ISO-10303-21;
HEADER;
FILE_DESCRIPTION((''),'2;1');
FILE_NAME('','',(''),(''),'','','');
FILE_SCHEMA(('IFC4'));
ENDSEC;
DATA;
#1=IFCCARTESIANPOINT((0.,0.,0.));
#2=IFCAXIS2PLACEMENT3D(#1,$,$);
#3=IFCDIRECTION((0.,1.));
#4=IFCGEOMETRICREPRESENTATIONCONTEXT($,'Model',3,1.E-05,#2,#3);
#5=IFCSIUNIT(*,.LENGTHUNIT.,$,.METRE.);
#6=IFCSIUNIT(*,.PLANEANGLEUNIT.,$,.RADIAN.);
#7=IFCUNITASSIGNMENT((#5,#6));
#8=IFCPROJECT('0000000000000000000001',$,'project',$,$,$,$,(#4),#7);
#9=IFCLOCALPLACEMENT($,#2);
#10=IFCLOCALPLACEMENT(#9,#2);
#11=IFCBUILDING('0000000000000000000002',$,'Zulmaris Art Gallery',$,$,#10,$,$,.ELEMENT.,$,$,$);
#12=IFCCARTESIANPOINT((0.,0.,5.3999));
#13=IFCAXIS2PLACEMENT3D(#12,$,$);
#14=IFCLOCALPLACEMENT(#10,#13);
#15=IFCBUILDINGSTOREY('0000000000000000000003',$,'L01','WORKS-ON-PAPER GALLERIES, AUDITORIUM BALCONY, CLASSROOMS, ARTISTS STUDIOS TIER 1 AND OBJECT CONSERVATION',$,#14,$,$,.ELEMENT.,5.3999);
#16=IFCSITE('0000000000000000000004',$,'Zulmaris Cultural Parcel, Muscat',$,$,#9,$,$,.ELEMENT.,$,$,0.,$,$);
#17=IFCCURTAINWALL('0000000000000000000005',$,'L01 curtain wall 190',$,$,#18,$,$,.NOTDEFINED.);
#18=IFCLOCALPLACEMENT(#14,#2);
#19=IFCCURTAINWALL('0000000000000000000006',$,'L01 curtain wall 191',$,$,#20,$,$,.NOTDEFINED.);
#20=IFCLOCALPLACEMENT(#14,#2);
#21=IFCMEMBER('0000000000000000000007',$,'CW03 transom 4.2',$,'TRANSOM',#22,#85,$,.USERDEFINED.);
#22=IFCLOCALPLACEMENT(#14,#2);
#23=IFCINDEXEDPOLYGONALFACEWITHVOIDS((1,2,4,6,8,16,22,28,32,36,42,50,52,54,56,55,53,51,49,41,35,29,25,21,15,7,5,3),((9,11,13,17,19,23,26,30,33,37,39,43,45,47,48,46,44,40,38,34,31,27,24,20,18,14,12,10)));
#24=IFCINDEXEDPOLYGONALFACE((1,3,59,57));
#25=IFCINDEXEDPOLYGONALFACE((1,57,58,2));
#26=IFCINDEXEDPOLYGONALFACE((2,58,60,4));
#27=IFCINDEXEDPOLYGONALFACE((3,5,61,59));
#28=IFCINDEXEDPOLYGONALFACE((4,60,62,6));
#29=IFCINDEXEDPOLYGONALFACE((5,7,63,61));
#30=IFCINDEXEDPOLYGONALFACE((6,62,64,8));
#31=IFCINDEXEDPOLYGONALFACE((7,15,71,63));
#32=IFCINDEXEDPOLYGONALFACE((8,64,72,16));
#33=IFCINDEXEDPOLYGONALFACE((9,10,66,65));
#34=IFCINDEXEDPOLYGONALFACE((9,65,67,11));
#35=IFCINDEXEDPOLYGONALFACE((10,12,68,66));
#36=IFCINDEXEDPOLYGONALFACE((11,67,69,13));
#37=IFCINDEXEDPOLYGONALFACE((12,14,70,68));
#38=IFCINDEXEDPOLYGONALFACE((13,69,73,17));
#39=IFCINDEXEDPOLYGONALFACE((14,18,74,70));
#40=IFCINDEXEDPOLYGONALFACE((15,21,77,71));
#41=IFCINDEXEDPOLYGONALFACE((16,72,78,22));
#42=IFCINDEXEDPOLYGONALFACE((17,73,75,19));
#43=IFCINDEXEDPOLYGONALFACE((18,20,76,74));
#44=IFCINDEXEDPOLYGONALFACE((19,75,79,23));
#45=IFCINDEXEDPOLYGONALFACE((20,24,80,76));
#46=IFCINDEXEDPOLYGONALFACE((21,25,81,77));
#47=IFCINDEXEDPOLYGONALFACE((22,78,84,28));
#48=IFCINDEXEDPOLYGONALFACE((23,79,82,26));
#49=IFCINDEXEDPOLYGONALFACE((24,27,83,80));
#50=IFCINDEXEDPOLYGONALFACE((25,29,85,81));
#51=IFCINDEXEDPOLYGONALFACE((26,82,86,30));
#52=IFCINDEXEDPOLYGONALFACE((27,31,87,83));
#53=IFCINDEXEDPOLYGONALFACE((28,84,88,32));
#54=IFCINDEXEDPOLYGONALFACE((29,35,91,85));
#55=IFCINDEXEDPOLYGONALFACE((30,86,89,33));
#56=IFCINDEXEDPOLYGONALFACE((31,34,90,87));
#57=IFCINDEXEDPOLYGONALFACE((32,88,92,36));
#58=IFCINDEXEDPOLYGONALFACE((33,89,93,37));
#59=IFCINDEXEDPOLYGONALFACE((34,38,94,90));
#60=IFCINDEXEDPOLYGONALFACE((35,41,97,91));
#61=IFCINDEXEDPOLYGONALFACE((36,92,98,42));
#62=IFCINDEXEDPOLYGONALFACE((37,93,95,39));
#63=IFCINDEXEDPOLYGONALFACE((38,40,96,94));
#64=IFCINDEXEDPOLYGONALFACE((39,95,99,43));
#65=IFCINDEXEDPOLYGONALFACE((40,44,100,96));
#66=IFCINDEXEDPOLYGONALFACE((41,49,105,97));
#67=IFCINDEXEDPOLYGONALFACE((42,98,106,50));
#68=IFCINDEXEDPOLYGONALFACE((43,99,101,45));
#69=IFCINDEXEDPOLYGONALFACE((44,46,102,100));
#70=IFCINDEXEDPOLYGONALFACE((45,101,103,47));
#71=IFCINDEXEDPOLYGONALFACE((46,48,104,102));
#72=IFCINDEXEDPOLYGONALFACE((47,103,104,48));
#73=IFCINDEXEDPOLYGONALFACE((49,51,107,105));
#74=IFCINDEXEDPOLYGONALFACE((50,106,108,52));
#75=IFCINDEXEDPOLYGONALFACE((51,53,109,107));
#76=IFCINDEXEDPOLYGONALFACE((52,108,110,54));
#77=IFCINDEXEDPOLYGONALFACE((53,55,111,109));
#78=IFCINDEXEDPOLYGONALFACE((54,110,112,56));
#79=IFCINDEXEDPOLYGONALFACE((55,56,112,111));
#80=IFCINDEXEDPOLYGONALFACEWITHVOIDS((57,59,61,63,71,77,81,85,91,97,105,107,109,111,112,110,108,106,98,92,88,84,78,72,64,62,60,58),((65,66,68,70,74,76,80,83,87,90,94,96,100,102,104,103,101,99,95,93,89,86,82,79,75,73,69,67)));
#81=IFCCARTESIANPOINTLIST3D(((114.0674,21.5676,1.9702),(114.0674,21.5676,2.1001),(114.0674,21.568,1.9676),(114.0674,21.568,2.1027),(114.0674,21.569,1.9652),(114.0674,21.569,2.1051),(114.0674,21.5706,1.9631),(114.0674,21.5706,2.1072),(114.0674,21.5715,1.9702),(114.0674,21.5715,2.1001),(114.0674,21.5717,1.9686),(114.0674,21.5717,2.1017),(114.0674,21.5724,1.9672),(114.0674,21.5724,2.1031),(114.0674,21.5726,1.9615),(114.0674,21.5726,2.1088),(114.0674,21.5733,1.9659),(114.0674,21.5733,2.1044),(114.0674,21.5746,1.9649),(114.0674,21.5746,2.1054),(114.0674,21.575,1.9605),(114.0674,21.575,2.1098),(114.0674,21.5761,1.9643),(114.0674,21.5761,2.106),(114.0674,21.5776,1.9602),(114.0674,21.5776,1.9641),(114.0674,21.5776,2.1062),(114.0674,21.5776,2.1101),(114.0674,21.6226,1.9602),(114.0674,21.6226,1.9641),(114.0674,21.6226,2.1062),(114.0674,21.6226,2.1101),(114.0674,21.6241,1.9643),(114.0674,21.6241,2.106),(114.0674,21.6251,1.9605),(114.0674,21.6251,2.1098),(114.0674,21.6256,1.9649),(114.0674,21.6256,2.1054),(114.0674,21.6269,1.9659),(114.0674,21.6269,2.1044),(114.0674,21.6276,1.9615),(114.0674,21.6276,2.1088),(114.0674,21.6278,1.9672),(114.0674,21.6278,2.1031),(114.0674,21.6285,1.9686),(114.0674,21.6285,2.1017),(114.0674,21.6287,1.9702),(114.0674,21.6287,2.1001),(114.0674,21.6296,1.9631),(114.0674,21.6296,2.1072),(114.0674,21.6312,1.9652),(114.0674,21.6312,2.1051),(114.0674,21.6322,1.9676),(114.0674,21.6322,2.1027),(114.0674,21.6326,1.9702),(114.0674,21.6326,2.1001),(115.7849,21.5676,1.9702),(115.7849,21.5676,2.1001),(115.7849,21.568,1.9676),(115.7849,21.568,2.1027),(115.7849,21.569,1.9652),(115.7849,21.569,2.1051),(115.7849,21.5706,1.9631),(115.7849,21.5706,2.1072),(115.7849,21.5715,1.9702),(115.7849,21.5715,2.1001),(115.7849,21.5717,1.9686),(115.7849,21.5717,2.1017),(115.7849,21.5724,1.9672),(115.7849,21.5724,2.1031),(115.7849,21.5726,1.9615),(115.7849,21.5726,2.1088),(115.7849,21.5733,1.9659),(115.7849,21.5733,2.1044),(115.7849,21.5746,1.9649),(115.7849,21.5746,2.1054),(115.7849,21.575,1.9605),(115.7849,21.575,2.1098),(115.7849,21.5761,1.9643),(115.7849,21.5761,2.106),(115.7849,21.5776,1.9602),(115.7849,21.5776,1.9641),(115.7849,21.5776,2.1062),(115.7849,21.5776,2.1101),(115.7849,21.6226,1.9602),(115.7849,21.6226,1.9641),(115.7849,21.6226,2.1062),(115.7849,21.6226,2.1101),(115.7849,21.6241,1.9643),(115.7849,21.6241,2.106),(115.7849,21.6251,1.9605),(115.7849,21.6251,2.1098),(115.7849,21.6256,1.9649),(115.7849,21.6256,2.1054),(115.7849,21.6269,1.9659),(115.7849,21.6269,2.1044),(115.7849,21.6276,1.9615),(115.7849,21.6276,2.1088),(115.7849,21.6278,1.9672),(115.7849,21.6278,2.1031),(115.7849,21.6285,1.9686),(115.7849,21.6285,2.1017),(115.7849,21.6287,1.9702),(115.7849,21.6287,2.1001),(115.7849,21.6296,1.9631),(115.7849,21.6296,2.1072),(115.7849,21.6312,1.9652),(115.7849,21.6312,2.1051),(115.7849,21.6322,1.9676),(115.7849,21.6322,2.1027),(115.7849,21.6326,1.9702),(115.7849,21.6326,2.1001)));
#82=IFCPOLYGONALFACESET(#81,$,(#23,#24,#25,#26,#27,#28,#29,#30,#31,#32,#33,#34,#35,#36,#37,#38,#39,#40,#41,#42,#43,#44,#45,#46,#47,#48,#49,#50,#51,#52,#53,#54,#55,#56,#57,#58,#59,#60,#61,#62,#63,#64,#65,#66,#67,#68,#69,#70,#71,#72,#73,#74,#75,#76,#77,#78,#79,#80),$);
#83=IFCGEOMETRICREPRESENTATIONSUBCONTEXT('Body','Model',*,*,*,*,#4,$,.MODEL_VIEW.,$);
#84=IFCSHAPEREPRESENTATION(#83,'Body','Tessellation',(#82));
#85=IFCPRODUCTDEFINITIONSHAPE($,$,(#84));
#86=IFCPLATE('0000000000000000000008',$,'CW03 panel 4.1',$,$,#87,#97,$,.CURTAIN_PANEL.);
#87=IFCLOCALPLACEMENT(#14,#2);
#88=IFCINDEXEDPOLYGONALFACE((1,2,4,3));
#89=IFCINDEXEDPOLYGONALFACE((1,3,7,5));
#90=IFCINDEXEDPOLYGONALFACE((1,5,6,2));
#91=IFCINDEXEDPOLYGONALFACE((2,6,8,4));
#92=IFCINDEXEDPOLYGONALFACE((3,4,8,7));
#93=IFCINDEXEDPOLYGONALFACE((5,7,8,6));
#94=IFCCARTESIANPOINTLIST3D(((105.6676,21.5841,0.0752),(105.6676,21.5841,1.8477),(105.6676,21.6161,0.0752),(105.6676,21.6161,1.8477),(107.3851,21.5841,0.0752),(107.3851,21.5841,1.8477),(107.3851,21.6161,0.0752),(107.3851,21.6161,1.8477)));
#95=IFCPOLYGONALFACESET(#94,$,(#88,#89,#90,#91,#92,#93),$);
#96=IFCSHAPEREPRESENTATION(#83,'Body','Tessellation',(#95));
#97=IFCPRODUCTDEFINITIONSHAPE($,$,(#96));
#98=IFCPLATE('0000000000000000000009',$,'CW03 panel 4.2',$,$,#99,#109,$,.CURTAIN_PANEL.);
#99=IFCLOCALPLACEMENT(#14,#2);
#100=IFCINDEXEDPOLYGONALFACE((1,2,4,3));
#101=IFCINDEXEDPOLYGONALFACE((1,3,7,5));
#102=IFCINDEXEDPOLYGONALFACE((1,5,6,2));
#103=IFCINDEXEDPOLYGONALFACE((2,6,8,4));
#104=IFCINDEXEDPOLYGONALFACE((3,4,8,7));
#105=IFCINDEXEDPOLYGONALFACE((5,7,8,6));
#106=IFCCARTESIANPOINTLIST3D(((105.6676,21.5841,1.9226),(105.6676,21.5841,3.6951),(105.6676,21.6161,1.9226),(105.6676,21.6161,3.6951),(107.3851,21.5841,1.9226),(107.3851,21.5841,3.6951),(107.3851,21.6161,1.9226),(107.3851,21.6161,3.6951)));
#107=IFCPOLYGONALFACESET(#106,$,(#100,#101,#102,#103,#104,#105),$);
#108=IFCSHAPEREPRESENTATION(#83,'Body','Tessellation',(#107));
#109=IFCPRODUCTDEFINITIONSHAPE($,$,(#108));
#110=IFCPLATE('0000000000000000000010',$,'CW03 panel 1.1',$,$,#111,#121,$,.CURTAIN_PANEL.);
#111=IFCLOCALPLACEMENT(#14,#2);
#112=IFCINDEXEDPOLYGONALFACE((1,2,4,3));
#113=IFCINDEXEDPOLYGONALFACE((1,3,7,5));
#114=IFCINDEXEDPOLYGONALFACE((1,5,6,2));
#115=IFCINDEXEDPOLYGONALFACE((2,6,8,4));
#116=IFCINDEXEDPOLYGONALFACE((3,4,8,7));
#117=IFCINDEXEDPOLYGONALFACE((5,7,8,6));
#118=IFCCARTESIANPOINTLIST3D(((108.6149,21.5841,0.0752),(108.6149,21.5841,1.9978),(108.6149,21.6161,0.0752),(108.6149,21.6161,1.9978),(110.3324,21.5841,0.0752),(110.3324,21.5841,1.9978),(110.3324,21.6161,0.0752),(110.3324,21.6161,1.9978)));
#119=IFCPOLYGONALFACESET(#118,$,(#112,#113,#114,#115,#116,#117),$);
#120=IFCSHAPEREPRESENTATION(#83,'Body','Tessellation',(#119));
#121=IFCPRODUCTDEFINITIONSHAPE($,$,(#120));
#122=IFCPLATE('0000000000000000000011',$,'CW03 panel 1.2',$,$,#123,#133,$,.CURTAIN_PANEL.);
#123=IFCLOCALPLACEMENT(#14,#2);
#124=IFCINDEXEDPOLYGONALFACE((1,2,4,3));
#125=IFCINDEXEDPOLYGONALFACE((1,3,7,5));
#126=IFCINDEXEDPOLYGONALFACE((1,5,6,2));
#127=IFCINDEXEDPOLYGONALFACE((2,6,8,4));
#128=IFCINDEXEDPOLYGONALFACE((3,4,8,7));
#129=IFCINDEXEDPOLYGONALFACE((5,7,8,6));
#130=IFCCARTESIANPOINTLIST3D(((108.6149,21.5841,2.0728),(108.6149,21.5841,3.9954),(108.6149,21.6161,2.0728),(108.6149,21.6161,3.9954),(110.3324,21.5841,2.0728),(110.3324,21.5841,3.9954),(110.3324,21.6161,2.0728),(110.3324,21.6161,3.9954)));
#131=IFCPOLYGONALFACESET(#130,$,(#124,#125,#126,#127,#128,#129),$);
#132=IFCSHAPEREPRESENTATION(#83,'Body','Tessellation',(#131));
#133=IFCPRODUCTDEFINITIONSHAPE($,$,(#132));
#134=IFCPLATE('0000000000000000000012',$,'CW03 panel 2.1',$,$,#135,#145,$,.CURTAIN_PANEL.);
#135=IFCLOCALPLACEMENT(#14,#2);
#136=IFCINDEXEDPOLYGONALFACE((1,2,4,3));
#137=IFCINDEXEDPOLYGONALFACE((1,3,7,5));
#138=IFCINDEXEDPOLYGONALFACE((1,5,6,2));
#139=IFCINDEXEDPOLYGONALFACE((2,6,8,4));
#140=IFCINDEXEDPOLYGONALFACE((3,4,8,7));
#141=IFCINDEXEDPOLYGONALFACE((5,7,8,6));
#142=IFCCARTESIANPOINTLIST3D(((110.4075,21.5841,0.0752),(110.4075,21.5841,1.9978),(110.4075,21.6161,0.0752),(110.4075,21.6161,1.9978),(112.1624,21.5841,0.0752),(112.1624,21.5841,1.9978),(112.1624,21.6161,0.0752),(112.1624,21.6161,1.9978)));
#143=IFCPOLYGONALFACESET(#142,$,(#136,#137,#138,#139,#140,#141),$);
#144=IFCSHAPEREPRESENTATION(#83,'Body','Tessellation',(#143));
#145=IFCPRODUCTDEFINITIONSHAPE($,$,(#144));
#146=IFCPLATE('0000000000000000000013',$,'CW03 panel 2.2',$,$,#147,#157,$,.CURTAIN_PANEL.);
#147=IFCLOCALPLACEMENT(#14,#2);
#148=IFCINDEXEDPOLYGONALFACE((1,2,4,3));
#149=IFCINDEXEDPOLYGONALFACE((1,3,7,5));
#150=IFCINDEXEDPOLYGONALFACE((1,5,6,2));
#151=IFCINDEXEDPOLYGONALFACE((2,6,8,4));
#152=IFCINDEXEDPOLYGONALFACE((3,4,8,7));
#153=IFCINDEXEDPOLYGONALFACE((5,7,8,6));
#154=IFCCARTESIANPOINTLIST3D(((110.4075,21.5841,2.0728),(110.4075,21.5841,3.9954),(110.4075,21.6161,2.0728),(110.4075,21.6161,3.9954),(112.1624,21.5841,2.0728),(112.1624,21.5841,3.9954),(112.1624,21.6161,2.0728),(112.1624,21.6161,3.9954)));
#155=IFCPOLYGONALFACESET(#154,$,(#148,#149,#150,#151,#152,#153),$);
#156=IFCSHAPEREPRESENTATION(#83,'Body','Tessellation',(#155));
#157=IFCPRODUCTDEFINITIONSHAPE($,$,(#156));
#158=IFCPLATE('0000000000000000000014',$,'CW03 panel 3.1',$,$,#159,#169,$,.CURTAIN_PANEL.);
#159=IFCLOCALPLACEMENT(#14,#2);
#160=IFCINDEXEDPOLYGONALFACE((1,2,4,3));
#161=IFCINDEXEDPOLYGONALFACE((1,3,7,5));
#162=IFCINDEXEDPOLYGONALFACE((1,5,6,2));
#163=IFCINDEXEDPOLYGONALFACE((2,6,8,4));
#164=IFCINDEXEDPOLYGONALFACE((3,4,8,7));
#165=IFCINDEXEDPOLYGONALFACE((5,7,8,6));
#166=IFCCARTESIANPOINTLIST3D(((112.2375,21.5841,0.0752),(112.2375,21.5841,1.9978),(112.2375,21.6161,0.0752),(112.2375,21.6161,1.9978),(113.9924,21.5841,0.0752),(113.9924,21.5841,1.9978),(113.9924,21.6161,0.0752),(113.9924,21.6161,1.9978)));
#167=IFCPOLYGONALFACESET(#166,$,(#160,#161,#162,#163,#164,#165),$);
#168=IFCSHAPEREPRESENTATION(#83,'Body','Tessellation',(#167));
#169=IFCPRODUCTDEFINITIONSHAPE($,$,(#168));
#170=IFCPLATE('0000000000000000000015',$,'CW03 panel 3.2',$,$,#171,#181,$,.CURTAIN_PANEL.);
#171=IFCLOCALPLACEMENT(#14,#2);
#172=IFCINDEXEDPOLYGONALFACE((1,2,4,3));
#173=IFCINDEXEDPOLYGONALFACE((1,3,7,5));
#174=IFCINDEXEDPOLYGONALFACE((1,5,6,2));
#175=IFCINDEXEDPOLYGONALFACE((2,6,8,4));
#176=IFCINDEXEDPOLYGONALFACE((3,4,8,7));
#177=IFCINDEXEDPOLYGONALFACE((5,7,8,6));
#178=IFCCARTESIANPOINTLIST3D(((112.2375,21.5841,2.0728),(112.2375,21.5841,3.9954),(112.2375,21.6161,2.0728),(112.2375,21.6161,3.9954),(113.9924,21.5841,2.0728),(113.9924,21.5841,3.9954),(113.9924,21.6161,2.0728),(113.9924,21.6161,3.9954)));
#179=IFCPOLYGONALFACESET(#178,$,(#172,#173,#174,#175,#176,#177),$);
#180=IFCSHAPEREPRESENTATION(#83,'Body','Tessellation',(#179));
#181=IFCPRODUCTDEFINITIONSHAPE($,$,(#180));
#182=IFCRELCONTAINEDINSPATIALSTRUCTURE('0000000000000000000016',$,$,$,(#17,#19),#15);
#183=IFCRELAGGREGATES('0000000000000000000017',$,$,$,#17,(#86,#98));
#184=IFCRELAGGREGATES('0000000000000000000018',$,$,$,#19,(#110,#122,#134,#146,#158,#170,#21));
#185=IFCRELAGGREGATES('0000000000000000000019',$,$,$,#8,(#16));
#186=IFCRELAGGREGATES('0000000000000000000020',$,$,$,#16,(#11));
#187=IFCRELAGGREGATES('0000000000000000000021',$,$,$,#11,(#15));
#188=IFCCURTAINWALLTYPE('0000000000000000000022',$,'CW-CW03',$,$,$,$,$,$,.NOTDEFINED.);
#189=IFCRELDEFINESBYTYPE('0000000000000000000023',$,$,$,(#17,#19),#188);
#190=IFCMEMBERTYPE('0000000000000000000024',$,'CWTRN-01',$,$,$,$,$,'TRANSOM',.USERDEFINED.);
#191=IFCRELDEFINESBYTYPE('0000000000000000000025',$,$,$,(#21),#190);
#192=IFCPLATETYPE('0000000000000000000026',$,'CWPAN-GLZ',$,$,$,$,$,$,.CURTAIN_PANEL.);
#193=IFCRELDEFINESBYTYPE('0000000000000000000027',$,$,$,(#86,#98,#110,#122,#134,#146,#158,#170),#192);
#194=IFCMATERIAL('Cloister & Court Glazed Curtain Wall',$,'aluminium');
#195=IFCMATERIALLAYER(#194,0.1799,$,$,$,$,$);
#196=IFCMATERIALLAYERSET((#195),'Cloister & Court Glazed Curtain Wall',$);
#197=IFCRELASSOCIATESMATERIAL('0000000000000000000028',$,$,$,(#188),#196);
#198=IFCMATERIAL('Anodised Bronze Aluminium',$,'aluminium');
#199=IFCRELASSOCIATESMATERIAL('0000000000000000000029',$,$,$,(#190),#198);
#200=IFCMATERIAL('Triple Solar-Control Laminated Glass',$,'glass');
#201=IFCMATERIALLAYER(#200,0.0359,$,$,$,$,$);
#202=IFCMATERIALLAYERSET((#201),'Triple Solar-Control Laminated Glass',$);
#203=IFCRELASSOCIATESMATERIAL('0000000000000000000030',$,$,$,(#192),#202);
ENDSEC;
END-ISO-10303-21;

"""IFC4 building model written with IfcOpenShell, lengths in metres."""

from ifc_helpers import new_model, si_unit, direction, frame, origin, origin_2d, place, context, subcontext, project, spatial, rectangle, hollow_rectangle, extrude, material, layer, layer_set, material_profile, profile_set, type_object, element, aggregate, save


model = new_model("IFC4")

# Units and contexts
model_context = context("Model", 3, precision=1e-05, world=origin(), true_north=direction((0.0, 1.0)))
body_context = subcontext(model_context, "Body", "Model", "MODEL_VIEW")
ifc_project = project(units=[si_unit("LENGTHUNIT", "METRE"), si_unit("PLANEANGLEUNIT", "RADIAN")], contexts=[model_context])

# Site, building, storey
site_placement = place(None, origin())
site = spatial("IfcSite", under=ifc_project, at=site_placement, Name="Zulmaris Cultural Parcel, Muscat", CompositionType="ELEMENT", RefElevation=0.0)
building_placement = place(site_placement, origin())
building = spatial("IfcBuilding", under=site, at=building_placement, Name="Zulmaris Art Gallery", CompositionType="ELEMENT")
storey_placement = place(building_placement, frame((0.0, 0.0, 5.3999)))
storey = spatial("IfcBuildingStorey", under=building, at=storey_placement, Name="L01", Description="WORKS-ON-PAPER GALLERIES, AUDITORIUM BALCONY, CLASSROOMS, ARTISTS STUDIOS TIER 1 AND OBJECT CONSERVATION", CompositionType="ELEMENT", Elevation=5.3999)

# Curtain wall
ifc_material_1 = material(Name="Cloister & Court Glazed Curtain Wall", Category="aluminium")
ifc_layer_1 = layer(ifc_material_1, 0.1799)
ifc_layer_set_1 = layer_set([ifc_layer_1], Name="Cloister & Court Glazed Curtain Wall")
curtain_wall_type = type_object("IfcCurtainWallType", Name="CW-CW03", PredefinedType="NOTDEFINED", material=ifc_layer_set_1)
curtain_wall_1_placement = place(storey_placement, origin())
curtain_wall_1 = element("IfcCurtainWall", 1, at=curtain_wall_1_placement, inside=storey, type_object=curtain_wall_type, Name="L01 curtain wall 190", PredefinedType="NOTDEFINED")
ifc_material_2 = material(Name="Anodised Bronze Aluminium", Category="aluminium")

# Curtain wall, member
curtain_wall_2_placement = place(storey_placement, origin())
curtain_wall_2 = element("IfcCurtainWall", 2, at=curtain_wall_2_placement, inside=storey, type_object=curtain_wall_type, Name="L01 curtain wall 191", PredefinedType="NOTDEFINED")
ifc_material_profile_1 = material_profile(ifc_material_2, hollow_rectangle(XDim=0.0649, YDim=0.1499, WallThickness=0.0039, InnerFilletRadius=0.0061, OuterFilletRadius=0.01, at=origin_2d()), Name="ALU 65x150x4")
ifc_profile_set_1 = profile_set([ifc_material_profile_1], Name="Anodised Bronze Aluminium")
member_type_1 = type_object("IfcMemberType", Name="CWTRN-01", ElementType="TRANSOM", PredefinedType="USERDEFINED", material=ifc_profile_set_1)
member_1_placement = place(storey_placement, frame((114.0674, 21.6001, 2.0352), z_axis=(1.0, 0.0, 0.0), x_axis=(0.0, 1.0, 0.0)))
member_1 = element("IfcMember", 3, at=member_1_placement, type_object=member_type_1, Name="CW03 transom 4.2", ObjectType="TRANSOM", PredefinedType="USERDEFINED", context=body_context, shape_type="SweptSolid", body=[
    extrude(hollow_rectangle(XDim=0.0649, YDim=0.1499, WallThickness=0.0039, InnerFilletRadius=0.0061, OuterFilletRadius=0.01, at=origin_2d()), origin(), (0.0, 0.0, 1.0), 1.7175),
])

# Plates
ifc_material_3 = material(Name="Triple Solar-Control Laminated Glass", Category="glass")
ifc_layer_2 = layer(ifc_material_3, 0.0359)
ifc_layer_set_2 = layer_set([ifc_layer_2], Name="Triple Solar-Control Laminated Glass")
plate_type = type_object("IfcPlateType", Name="CWPAN-GLZ", PredefinedType="CURTAIN_PANEL", material=ifc_layer_set_2)
plate_1_placement = place(storey_placement, frame((106.5264, 21.6001, 0.0752), z_axis=(0.0, 0.0, 1.0), x_axis=(1.0, 0.0, 0.0)))
plate_1 = element("IfcPlate", 4, at=plate_1_placement, type_object=plate_type, Name="CW03 panel 4.1", PredefinedType="CURTAIN_PANEL", context=body_context, shape_type="SweptSolid", body=[
    extrude(rectangle(XDim=1.7175, YDim=0.032, at=origin_2d()), origin(), (0.0, 0.0, 1.0), 1.7725),
])
plate_2_placement = place(storey_placement, frame((106.5264, 21.6001, 1.9226), z_axis=(0.0, 0.0, 1.0), x_axis=(1.0, 0.0, 0.0)))
plate_2 = element("IfcPlate", 5, at=plate_2_placement, type_object=plate_type, Name="CW03 panel 4.2", PredefinedType="CURTAIN_PANEL", context=body_context, shape_type="SweptSolid", body=[
    extrude(rectangle(XDim=1.7175, YDim=0.032, at=origin_2d()), origin(), (0.0, 0.0, 1.0), 1.7725),
])
aggregate(curtain_wall_1, [plate_1, plate_2])
plate_3_placement = place(storey_placement, frame((109.4736, 21.6001, 0.0752), z_axis=(0.0, 0.0, 1.0), x_axis=(1.0, 0.0, 0.0)))
plate_3 = element("IfcPlate", 6, at=plate_3_placement, type_object=plate_type, Name="CW03 panel 1.1", PredefinedType="CURTAIN_PANEL", context=body_context, shape_type="SweptSolid", body=[
    extrude(rectangle(XDim=1.7175, YDim=0.032, at=origin_2d()), origin(), (0.0, 0.0, 1.0), 1.9226),
])
plate_4_placement = place(storey_placement, frame((109.4736, 21.6001, 2.0728), z_axis=(0.0, 0.0, 1.0), x_axis=(1.0, 0.0, 0.0)))
plate_4 = element("IfcPlate", 7, at=plate_4_placement, type_object=plate_type, Name="CW03 panel 1.2", PredefinedType="CURTAIN_PANEL", context=body_context, shape_type="SweptSolid", body=[
    extrude(rectangle(XDim=1.7175, YDim=0.032, at=origin_2d()), origin(), (0.0, 0.0, 1.0), 1.9226),
])
plate_5_placement = place(storey_placement, frame((111.2849, 21.6001, 0.0752), z_axis=(0.0, 0.0, 1.0), x_axis=(1.0, 0.0, 0.0)))
plate_5 = element("IfcPlate", 8, at=plate_5_placement, type_object=plate_type, Name="CW03 panel 2.1", PredefinedType="CURTAIN_PANEL", context=body_context, shape_type="SweptSolid", body=[
    extrude(rectangle(XDim=1.7549, YDim=0.032, at=origin_2d()), origin(), (0.0, 0.0, 1.0), 1.9226),
])
plate_6_placement = place(storey_placement, frame((111.2849, 21.6001, 2.0728), z_axis=(0.0, 0.0, 1.0), x_axis=(1.0, 0.0, 0.0)))
plate_6 = element("IfcPlate", 9, at=plate_6_placement, type_object=plate_type, Name="CW03 panel 2.2", PredefinedType="CURTAIN_PANEL", context=body_context, shape_type="SweptSolid", body=[
    extrude(rectangle(XDim=1.7549, YDim=0.032, at=origin_2d()), origin(), (0.0, 0.0, 1.0), 1.9226),
])
plate_7_placement = place(storey_placement, frame((113.115, 21.6001, 0.0752), z_axis=(0.0, 0.0, 1.0), x_axis=(1.0, 0.0, 0.0)))
plate_7 = element("IfcPlate", 10, at=plate_7_placement, type_object=plate_type, Name="CW03 panel 3.1", PredefinedType="CURTAIN_PANEL", context=body_context, shape_type="SweptSolid", body=[
    extrude(rectangle(XDim=1.7549, YDim=0.032, at=origin_2d()), origin(), (0.0, 0.0, 1.0), 1.9226),
])
plate_8_placement = place(storey_placement, frame((113.115, 21.6001, 2.0728), z_axis=(0.0, 0.0, 1.0), x_axis=(1.0, 0.0, 0.0)))
plate_8 = element("IfcPlate", 11, at=plate_8_placement, type_object=plate_type, Name="CW03 panel 3.2", PredefinedType="CURTAIN_PANEL", context=body_context, shape_type="SweptSolid", body=[
    extrude(rectangle(XDim=1.7549, YDim=0.032, at=origin_2d()), origin(), (0.0, 0.0, 1.0), 1.9226),
])
aggregate(curtain_wall_2, [plate_3, plate_4, plate_5, plate_6, plate_7, plate_8, member_1])

save(model, "model.ifc")
